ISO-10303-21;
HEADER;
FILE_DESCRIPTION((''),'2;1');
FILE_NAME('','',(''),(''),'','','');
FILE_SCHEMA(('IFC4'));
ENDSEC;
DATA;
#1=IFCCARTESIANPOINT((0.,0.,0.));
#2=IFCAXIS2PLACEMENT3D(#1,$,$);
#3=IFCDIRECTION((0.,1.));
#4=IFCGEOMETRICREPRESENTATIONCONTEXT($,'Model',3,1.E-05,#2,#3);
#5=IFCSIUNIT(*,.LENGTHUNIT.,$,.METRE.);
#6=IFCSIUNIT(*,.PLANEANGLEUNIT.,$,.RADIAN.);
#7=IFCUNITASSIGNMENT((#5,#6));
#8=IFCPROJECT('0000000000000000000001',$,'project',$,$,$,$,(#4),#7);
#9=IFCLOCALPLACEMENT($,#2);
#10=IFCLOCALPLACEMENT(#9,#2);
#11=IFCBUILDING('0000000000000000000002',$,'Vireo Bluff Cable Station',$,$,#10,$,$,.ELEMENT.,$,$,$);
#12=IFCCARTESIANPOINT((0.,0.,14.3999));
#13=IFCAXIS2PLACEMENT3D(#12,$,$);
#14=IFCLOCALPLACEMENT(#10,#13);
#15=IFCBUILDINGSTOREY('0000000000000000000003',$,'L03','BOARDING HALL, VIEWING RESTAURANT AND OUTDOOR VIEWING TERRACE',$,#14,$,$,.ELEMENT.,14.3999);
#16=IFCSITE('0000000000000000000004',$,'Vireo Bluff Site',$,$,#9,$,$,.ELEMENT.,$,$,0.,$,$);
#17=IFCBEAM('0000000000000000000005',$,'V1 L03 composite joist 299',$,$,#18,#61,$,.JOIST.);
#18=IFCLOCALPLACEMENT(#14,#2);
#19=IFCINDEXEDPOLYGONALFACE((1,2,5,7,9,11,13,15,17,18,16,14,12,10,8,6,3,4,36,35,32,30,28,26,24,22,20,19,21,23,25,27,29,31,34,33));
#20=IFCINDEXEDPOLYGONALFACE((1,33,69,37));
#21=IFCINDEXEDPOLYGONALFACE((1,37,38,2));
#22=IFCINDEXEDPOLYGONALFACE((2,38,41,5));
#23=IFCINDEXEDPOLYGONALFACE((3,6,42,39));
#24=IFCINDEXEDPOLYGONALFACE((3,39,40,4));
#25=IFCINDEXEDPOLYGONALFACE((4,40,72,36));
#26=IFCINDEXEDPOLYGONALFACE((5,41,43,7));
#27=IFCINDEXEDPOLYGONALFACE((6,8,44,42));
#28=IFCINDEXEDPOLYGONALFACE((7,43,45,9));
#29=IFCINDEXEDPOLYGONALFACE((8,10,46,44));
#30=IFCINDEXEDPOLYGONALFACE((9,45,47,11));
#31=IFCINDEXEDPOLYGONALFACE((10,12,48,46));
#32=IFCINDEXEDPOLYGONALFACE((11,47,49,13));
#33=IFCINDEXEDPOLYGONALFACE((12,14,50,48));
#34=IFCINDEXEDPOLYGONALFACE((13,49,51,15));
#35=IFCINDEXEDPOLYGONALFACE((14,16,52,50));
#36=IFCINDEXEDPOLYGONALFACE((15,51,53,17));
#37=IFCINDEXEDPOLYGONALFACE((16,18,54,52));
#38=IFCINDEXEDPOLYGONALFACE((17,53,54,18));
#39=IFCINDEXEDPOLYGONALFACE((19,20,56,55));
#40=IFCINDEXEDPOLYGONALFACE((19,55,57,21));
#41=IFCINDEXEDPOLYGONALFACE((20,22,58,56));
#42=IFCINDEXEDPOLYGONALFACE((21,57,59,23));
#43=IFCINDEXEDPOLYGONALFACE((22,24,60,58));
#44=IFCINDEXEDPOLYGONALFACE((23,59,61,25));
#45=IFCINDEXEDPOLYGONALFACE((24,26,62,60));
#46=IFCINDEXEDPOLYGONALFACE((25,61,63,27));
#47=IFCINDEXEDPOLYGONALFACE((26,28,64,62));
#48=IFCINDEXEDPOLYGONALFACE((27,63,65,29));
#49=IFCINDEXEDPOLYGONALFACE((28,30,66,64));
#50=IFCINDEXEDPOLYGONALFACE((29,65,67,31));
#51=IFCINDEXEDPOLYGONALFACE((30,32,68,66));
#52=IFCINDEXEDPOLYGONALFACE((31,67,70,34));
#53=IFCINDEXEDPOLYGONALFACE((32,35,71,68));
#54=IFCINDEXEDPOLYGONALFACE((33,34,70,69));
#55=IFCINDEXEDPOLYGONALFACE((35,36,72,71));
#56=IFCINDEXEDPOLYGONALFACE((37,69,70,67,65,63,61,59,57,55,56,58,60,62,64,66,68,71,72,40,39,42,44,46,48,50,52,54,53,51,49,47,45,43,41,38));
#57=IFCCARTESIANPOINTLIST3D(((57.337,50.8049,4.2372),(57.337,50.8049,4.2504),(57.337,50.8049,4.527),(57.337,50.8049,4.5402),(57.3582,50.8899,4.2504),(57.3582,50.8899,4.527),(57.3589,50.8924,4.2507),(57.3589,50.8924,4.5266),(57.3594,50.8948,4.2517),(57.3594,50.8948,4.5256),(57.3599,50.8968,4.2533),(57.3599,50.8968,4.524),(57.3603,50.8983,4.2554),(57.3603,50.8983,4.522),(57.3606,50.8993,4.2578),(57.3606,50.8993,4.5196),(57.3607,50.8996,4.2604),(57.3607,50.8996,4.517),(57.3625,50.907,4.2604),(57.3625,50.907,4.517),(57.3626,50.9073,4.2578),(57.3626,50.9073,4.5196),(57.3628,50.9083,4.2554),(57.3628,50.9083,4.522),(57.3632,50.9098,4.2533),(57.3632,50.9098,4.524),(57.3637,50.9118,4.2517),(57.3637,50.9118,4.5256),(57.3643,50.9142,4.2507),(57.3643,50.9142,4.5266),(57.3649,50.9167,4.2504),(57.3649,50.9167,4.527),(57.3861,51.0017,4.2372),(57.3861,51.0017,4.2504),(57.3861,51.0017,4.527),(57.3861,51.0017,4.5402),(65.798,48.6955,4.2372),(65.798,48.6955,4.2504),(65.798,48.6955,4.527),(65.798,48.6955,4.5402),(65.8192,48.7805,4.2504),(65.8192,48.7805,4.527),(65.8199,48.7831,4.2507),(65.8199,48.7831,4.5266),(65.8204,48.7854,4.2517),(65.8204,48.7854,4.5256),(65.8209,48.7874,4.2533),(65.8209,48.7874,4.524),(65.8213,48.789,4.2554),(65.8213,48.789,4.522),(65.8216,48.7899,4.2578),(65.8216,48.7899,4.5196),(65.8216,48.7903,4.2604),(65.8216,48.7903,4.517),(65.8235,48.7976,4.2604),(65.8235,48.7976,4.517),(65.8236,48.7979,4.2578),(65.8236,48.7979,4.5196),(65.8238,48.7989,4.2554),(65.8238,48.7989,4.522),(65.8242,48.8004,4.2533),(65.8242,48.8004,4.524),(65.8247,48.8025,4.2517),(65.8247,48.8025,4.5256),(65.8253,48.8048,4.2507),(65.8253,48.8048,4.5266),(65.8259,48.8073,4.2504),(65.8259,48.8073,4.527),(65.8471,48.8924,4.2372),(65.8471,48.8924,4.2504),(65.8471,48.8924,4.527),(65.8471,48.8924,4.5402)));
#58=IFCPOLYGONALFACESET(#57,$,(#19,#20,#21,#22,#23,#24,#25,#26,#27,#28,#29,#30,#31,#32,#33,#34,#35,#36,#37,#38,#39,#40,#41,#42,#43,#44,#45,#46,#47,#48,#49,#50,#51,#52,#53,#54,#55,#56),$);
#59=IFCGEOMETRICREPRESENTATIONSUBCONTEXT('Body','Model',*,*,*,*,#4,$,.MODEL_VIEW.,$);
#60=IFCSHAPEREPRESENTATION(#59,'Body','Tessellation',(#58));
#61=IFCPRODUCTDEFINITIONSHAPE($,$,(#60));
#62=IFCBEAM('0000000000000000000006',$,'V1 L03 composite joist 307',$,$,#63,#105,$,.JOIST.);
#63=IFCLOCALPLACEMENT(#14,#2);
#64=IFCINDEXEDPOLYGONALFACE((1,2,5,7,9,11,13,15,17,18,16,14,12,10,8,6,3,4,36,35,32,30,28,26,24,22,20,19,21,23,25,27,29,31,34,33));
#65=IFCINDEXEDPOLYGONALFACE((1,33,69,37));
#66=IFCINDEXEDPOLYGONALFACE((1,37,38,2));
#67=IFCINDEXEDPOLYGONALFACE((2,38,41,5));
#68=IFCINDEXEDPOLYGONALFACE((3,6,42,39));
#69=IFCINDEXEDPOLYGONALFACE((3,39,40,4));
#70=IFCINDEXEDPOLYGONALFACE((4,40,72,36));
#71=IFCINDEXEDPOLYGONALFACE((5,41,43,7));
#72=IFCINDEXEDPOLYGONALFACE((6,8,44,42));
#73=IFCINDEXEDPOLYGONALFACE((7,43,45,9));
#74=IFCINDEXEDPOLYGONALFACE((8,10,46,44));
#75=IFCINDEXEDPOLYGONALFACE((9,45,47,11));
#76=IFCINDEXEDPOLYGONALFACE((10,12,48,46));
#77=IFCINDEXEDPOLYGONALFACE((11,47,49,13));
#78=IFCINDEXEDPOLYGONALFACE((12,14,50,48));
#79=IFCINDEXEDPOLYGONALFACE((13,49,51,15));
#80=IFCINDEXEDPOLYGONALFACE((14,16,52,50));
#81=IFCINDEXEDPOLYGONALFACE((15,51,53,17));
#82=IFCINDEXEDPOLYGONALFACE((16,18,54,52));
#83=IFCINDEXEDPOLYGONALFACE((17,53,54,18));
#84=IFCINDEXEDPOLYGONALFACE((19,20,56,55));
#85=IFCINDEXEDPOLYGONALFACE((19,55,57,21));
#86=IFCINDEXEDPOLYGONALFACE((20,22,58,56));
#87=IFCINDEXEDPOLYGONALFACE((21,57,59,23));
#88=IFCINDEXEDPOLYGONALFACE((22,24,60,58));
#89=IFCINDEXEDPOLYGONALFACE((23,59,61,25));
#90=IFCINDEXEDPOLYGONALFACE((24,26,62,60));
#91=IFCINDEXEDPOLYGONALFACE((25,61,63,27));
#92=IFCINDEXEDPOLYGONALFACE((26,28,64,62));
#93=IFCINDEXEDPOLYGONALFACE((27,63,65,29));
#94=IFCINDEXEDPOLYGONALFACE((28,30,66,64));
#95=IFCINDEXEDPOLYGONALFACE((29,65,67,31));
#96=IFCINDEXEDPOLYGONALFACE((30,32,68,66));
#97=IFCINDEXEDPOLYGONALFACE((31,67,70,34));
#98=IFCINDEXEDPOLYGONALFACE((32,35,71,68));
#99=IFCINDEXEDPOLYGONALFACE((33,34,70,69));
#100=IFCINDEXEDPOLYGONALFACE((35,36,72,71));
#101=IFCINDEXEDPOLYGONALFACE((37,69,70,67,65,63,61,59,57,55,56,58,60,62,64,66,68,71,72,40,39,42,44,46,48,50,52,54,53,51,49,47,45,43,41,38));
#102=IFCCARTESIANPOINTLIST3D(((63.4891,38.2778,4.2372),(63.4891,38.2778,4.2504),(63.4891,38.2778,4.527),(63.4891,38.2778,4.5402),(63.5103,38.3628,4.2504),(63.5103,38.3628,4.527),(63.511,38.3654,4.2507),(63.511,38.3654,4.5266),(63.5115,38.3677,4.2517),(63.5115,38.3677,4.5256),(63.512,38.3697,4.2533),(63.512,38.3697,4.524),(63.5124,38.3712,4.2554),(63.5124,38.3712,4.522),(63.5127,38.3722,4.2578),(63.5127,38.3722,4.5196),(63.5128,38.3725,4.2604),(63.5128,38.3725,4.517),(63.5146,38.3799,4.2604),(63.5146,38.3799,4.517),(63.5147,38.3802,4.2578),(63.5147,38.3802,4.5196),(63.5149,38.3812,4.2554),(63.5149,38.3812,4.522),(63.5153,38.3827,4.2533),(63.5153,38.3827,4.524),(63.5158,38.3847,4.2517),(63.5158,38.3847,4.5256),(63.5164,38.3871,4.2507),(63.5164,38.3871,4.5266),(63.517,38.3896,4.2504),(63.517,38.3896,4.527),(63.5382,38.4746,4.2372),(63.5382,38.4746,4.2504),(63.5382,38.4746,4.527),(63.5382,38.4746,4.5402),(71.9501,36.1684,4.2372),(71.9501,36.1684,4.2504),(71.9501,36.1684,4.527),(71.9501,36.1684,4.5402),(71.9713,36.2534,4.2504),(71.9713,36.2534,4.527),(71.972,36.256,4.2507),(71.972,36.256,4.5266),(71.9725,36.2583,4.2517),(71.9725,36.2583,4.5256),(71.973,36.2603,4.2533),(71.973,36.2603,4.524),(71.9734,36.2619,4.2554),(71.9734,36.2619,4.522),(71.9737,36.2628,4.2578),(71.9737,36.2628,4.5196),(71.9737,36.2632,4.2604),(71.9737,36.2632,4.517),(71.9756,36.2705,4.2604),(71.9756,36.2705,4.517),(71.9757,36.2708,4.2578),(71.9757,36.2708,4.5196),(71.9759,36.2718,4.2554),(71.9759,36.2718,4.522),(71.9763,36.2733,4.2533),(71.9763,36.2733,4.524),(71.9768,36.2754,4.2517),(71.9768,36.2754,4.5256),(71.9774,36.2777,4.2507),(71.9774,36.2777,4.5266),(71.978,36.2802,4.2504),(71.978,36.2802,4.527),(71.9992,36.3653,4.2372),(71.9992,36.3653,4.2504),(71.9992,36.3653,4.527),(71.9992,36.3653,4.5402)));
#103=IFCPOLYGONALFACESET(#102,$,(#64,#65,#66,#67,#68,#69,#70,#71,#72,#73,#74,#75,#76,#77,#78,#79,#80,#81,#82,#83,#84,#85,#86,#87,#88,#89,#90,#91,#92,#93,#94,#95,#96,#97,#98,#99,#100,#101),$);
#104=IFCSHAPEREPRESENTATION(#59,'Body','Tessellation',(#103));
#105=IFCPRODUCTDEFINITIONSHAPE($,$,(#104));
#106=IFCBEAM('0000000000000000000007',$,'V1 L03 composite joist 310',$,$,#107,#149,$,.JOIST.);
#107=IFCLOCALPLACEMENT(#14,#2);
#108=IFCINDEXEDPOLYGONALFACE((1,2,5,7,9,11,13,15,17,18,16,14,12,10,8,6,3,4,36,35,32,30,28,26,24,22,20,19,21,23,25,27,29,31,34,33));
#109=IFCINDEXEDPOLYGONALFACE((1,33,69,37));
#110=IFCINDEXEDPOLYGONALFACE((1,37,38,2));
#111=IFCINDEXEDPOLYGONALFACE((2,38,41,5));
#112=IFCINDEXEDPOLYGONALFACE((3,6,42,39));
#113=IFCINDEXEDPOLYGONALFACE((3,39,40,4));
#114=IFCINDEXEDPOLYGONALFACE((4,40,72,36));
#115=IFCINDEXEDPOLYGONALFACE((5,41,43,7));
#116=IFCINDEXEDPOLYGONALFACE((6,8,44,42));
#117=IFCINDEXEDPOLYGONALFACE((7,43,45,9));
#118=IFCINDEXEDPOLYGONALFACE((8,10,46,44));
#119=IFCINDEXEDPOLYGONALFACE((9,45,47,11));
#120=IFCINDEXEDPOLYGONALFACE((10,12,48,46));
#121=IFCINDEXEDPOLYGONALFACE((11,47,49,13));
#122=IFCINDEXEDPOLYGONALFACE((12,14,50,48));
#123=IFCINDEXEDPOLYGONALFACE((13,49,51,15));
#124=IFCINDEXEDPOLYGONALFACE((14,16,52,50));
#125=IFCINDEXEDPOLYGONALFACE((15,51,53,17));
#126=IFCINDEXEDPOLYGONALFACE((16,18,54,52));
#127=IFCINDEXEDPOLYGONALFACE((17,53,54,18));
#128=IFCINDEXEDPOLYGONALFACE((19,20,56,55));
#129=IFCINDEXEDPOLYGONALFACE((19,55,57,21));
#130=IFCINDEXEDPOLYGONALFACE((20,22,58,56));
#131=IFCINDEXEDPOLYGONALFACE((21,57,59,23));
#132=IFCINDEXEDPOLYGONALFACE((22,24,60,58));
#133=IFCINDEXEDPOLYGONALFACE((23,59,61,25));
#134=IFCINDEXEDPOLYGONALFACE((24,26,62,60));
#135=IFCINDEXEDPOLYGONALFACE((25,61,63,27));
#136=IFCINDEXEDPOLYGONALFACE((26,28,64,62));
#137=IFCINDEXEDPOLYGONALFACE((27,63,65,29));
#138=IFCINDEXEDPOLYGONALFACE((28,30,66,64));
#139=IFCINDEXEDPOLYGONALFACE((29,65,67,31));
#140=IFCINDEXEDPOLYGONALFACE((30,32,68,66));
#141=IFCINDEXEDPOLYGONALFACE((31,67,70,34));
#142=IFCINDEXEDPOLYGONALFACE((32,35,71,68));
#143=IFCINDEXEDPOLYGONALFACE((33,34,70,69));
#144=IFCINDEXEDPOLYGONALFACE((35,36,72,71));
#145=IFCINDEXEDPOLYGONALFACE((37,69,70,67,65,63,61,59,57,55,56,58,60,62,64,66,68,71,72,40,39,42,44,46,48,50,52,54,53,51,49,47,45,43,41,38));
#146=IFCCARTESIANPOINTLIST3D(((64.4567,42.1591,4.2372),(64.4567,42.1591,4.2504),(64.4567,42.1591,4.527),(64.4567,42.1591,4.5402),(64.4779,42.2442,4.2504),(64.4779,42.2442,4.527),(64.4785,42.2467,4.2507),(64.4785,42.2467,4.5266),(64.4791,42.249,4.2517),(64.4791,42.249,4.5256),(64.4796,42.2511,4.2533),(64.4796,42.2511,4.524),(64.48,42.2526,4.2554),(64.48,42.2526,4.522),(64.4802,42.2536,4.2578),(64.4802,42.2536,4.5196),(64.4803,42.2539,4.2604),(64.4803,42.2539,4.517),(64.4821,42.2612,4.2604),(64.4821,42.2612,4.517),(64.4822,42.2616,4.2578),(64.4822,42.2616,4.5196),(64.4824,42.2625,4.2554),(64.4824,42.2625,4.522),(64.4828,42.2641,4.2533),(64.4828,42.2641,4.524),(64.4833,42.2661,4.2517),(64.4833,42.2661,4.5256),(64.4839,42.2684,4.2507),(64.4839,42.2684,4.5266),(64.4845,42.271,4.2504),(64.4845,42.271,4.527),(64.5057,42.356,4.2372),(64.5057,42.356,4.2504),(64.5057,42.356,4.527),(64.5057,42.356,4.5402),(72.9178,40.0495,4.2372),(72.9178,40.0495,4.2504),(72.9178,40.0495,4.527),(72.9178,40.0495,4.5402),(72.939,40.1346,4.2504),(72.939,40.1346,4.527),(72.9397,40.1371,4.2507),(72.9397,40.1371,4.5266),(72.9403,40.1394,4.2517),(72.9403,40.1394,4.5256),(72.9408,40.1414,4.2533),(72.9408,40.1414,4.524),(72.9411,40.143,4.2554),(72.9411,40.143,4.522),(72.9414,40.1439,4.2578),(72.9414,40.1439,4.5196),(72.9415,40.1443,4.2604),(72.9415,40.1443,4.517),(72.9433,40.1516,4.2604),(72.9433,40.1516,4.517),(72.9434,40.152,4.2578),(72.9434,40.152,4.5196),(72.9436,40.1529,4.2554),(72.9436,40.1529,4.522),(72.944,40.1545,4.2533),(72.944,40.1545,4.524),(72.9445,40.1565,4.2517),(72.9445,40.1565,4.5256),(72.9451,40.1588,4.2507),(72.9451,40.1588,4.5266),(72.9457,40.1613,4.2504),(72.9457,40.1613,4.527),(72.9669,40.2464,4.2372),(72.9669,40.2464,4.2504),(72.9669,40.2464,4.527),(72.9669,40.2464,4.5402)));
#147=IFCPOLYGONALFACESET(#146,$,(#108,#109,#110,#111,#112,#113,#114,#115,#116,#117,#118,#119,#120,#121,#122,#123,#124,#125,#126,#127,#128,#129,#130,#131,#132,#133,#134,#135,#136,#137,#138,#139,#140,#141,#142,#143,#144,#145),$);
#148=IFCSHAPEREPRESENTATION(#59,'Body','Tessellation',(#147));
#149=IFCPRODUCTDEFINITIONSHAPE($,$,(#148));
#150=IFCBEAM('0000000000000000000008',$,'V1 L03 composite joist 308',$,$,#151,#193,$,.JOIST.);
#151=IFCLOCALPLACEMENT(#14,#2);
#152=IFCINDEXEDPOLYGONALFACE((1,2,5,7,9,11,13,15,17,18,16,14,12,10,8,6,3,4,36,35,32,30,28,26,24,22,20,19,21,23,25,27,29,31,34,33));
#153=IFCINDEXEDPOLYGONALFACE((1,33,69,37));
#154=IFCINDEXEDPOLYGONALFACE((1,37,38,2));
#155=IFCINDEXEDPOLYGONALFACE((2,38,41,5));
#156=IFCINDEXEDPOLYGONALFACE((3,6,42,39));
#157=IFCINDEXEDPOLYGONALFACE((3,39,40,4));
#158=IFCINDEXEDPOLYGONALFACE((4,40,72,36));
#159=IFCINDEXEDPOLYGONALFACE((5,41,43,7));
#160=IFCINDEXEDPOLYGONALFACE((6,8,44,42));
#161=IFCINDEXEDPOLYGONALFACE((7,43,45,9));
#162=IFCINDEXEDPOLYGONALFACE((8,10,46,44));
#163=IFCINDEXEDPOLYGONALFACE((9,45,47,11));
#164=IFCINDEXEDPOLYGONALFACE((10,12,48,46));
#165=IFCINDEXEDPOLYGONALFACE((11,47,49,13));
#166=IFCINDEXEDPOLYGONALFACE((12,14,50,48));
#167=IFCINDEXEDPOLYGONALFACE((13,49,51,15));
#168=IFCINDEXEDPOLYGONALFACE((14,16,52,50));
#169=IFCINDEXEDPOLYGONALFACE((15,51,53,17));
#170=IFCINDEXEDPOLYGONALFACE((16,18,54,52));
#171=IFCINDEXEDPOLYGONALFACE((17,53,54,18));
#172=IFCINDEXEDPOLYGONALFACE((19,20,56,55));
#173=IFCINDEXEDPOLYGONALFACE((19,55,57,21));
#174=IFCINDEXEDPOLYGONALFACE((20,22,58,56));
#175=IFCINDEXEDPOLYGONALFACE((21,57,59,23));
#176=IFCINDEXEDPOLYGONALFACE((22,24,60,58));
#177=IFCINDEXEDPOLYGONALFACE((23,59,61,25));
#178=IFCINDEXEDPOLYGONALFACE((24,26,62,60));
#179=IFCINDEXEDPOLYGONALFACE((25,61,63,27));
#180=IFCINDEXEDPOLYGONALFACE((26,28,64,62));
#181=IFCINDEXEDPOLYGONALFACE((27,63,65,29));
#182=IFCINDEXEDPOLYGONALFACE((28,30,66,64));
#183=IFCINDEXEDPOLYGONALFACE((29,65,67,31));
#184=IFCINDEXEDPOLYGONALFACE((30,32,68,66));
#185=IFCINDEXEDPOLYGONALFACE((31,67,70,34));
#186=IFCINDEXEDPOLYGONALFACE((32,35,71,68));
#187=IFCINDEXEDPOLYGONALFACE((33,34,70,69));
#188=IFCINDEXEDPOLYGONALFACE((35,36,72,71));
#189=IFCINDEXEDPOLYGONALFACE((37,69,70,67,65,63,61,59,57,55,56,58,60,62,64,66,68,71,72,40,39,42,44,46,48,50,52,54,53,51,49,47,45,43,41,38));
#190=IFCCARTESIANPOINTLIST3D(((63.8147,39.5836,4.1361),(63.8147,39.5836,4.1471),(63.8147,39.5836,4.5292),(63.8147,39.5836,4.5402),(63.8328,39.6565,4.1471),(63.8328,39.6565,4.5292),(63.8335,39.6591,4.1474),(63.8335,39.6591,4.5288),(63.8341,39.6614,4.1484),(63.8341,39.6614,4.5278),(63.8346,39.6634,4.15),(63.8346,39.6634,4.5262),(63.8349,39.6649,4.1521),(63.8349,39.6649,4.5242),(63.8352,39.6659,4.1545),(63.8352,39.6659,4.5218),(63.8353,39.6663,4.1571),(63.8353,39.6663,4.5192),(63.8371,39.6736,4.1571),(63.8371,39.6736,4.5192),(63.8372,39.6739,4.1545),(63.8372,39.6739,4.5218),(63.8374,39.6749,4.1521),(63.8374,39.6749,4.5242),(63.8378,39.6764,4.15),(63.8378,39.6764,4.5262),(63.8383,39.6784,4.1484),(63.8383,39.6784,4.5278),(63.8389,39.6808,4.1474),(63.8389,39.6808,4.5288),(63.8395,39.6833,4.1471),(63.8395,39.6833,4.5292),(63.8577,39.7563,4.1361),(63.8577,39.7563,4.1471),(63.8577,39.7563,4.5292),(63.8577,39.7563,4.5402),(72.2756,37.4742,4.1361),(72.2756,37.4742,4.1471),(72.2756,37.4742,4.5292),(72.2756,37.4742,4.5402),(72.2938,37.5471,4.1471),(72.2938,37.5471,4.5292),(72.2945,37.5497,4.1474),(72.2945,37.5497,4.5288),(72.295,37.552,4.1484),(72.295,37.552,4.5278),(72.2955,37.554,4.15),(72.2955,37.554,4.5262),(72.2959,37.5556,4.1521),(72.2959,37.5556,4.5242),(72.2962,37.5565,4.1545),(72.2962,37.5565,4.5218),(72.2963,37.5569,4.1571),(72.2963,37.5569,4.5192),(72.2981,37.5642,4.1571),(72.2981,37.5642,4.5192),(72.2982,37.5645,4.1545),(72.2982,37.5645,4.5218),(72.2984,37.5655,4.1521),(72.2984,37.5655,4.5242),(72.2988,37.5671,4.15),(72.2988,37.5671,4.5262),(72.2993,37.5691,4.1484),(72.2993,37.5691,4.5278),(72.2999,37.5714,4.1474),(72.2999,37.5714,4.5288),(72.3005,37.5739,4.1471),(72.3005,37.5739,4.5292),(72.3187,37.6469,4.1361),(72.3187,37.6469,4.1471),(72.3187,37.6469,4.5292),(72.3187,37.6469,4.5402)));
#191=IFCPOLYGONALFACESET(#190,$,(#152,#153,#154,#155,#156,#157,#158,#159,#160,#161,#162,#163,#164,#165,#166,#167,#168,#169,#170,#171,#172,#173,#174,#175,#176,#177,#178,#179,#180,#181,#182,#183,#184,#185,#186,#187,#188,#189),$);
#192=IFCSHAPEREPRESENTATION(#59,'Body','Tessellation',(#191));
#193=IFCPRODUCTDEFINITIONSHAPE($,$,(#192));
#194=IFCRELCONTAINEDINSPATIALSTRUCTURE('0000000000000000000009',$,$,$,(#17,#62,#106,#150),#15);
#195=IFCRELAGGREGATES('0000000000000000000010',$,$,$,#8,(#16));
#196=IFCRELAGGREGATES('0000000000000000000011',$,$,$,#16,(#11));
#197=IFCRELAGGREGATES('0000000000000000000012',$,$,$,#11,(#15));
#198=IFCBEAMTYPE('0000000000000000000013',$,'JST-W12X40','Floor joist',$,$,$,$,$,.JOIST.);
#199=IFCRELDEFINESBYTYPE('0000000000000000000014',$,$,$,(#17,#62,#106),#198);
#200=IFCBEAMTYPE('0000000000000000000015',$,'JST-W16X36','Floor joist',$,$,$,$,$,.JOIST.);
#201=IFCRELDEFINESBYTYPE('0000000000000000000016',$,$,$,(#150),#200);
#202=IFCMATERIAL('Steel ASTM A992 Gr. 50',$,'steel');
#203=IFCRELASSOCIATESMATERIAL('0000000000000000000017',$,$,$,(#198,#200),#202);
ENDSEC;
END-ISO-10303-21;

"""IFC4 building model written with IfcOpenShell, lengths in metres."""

from ifc_helpers import new_model, si_unit, direction, frame, origin, origin_2d, place, context, subcontext, project, spatial, i_section, extrude, material, material_profile, profile_set, type_object, element, save


model = new_model("IFC4")

# Units and contexts
model_context = context("Model", 3, precision=1e-05, world=origin(), true_north=direction((0.0, 1.0)))
body_context = subcontext(model_context, "Body", "Model", "MODEL_VIEW")
ifc_project = project(units=[si_unit("LENGTHUNIT", "METRE"), si_unit("PLANEANGLEUNIT", "RADIAN")], contexts=[model_context])

# Site, building, storey
site_placement = place(None, origin())
site = spatial("IfcSite", under=ifc_project, at=site_placement, Name="Vireo Bluff Site", CompositionType="ELEMENT", RefElevation=0.0)
building_placement = place(site_placement, origin())
building = spatial("IfcBuilding", under=site, at=building_placement, Name="Vireo Bluff Cable Station", CompositionType="ELEMENT")
storey_placement = place(building_placement, frame((0.0, 0.0, 14.3999)))
storey = spatial("IfcBuildingStorey", under=building, at=storey_placement, Name="L03", Description="BOARDING HALL, VIEWING RESTAURANT AND OUTDOOR VIEWING TERRACE", CompositionType="ELEMENT", Elevation=14.3999)

# Shared definitions
ifc_material_1 = material(Name="Steel ASTM A992 Gr. 50", Category="steel")

# Beams
ifc_material_profile_1 = material_profile(ifc_material_1, i_section(OverallWidth=0.2029, OverallDepth=0.303, WebThickness=0.0076, FlangeThickness=0.0132, FilletRadius=0.01, at=origin_2d()), Name="W12X40")
ifc_profile_set_1 = profile_set([ifc_material_profile_1], Name="Steel ASTM A992 Gr. 50")
beam_type_1 = type_object("IfcBeamType", Name="JST-W12X40", Description="Floor joist", PredefinedType="JOIST", material=ifc_profile_set_1)
for number, where, z_axis, x_axis, name in (
    (1, (57.3616, 50.9033, 4.3887), (0.9703, -0.241903, 0.0), (0.241903, 0.9703, 0.0), "V1 L03 composite joist 299"),
    (2, (63.5137, 38.3762, 4.3887), (0.9703, -0.241903, 0.0), (0.241903, 0.9703, 0.0), "V1 L03 composite joist 307"),
):
    element("IfcBeam", number, at=place(storey_placement, frame(where, z_axis=z_axis, x_axis=x_axis)), inside=storey, type_object=beam_type_1, Name=name, PredefinedType="JOIST", context=body_context, shape_type="SweptSolid", body=[
        extrude(i_section(OverallWidth=0.2029, OverallDepth=0.303, WebThickness=0.0076, FlangeThickness=0.0132, FilletRadius=0.01, at=origin_2d()), origin(), (0.0, 0.0, 1.0), 8.72),
    ])
beam_1_placement = place(storey_placement, frame((64.4812, 42.2576, 4.3887), z_axis=(0.970295, -0.241923, 0.0), x_axis=(0.241923, 0.970295, 0.0)))
element("IfcBeam", 3, at=beam_1_placement, inside=storey, type_object=beam_type_1, Name="V1 L03 composite joist 310", PredefinedType="JOIST", context=body_context, shape_type="SweptSolid", body=[
    extrude(i_section(OverallWidth=0.2029, OverallDepth=0.303, WebThickness=0.0076, FlangeThickness=0.0132, FilletRadius=0.01, at=origin_2d()), origin(), (0.0, 0.0, 1.0), 8.7202),
])
ifc_material_profile_2 = material_profile(ifc_material_1, i_section(OverallWidth=0.178, OverallDepth=0.4041, WebThickness=0.0076, FlangeThickness=0.011, FilletRadius=0.01, at=origin_2d()), Name="W16X36")
ifc_profile_set_2 = profile_set([ifc_material_profile_2], Name="Steel ASTM A992 Gr. 50")
beam_type_2 = type_object("IfcBeamType", Name="JST-W16X36", Description="Floor joist", PredefinedType="JOIST", material=ifc_profile_set_2)
beam_2_placement = place(storey_placement, frame((63.8362, 39.6699, 4.3381), z_axis=(0.9703, -0.241903, 0.0), x_axis=(0.241903, 0.9703, 0.0)))
element("IfcBeam", 4, at=beam_2_placement, inside=storey, type_object=beam_type_2, Name="V1 L03 composite joist 308", PredefinedType="JOIST", context=body_context, shape_type="SweptSolid", body=[
    extrude(i_section(OverallWidth=0.178, OverallDepth=0.4041, WebThickness=0.0076, FlangeThickness=0.011, FilletRadius=0.01, at=origin_2d()), origin(), (0.0, 0.0, 1.0), 8.72),
])

save(model, "model.ifc")
